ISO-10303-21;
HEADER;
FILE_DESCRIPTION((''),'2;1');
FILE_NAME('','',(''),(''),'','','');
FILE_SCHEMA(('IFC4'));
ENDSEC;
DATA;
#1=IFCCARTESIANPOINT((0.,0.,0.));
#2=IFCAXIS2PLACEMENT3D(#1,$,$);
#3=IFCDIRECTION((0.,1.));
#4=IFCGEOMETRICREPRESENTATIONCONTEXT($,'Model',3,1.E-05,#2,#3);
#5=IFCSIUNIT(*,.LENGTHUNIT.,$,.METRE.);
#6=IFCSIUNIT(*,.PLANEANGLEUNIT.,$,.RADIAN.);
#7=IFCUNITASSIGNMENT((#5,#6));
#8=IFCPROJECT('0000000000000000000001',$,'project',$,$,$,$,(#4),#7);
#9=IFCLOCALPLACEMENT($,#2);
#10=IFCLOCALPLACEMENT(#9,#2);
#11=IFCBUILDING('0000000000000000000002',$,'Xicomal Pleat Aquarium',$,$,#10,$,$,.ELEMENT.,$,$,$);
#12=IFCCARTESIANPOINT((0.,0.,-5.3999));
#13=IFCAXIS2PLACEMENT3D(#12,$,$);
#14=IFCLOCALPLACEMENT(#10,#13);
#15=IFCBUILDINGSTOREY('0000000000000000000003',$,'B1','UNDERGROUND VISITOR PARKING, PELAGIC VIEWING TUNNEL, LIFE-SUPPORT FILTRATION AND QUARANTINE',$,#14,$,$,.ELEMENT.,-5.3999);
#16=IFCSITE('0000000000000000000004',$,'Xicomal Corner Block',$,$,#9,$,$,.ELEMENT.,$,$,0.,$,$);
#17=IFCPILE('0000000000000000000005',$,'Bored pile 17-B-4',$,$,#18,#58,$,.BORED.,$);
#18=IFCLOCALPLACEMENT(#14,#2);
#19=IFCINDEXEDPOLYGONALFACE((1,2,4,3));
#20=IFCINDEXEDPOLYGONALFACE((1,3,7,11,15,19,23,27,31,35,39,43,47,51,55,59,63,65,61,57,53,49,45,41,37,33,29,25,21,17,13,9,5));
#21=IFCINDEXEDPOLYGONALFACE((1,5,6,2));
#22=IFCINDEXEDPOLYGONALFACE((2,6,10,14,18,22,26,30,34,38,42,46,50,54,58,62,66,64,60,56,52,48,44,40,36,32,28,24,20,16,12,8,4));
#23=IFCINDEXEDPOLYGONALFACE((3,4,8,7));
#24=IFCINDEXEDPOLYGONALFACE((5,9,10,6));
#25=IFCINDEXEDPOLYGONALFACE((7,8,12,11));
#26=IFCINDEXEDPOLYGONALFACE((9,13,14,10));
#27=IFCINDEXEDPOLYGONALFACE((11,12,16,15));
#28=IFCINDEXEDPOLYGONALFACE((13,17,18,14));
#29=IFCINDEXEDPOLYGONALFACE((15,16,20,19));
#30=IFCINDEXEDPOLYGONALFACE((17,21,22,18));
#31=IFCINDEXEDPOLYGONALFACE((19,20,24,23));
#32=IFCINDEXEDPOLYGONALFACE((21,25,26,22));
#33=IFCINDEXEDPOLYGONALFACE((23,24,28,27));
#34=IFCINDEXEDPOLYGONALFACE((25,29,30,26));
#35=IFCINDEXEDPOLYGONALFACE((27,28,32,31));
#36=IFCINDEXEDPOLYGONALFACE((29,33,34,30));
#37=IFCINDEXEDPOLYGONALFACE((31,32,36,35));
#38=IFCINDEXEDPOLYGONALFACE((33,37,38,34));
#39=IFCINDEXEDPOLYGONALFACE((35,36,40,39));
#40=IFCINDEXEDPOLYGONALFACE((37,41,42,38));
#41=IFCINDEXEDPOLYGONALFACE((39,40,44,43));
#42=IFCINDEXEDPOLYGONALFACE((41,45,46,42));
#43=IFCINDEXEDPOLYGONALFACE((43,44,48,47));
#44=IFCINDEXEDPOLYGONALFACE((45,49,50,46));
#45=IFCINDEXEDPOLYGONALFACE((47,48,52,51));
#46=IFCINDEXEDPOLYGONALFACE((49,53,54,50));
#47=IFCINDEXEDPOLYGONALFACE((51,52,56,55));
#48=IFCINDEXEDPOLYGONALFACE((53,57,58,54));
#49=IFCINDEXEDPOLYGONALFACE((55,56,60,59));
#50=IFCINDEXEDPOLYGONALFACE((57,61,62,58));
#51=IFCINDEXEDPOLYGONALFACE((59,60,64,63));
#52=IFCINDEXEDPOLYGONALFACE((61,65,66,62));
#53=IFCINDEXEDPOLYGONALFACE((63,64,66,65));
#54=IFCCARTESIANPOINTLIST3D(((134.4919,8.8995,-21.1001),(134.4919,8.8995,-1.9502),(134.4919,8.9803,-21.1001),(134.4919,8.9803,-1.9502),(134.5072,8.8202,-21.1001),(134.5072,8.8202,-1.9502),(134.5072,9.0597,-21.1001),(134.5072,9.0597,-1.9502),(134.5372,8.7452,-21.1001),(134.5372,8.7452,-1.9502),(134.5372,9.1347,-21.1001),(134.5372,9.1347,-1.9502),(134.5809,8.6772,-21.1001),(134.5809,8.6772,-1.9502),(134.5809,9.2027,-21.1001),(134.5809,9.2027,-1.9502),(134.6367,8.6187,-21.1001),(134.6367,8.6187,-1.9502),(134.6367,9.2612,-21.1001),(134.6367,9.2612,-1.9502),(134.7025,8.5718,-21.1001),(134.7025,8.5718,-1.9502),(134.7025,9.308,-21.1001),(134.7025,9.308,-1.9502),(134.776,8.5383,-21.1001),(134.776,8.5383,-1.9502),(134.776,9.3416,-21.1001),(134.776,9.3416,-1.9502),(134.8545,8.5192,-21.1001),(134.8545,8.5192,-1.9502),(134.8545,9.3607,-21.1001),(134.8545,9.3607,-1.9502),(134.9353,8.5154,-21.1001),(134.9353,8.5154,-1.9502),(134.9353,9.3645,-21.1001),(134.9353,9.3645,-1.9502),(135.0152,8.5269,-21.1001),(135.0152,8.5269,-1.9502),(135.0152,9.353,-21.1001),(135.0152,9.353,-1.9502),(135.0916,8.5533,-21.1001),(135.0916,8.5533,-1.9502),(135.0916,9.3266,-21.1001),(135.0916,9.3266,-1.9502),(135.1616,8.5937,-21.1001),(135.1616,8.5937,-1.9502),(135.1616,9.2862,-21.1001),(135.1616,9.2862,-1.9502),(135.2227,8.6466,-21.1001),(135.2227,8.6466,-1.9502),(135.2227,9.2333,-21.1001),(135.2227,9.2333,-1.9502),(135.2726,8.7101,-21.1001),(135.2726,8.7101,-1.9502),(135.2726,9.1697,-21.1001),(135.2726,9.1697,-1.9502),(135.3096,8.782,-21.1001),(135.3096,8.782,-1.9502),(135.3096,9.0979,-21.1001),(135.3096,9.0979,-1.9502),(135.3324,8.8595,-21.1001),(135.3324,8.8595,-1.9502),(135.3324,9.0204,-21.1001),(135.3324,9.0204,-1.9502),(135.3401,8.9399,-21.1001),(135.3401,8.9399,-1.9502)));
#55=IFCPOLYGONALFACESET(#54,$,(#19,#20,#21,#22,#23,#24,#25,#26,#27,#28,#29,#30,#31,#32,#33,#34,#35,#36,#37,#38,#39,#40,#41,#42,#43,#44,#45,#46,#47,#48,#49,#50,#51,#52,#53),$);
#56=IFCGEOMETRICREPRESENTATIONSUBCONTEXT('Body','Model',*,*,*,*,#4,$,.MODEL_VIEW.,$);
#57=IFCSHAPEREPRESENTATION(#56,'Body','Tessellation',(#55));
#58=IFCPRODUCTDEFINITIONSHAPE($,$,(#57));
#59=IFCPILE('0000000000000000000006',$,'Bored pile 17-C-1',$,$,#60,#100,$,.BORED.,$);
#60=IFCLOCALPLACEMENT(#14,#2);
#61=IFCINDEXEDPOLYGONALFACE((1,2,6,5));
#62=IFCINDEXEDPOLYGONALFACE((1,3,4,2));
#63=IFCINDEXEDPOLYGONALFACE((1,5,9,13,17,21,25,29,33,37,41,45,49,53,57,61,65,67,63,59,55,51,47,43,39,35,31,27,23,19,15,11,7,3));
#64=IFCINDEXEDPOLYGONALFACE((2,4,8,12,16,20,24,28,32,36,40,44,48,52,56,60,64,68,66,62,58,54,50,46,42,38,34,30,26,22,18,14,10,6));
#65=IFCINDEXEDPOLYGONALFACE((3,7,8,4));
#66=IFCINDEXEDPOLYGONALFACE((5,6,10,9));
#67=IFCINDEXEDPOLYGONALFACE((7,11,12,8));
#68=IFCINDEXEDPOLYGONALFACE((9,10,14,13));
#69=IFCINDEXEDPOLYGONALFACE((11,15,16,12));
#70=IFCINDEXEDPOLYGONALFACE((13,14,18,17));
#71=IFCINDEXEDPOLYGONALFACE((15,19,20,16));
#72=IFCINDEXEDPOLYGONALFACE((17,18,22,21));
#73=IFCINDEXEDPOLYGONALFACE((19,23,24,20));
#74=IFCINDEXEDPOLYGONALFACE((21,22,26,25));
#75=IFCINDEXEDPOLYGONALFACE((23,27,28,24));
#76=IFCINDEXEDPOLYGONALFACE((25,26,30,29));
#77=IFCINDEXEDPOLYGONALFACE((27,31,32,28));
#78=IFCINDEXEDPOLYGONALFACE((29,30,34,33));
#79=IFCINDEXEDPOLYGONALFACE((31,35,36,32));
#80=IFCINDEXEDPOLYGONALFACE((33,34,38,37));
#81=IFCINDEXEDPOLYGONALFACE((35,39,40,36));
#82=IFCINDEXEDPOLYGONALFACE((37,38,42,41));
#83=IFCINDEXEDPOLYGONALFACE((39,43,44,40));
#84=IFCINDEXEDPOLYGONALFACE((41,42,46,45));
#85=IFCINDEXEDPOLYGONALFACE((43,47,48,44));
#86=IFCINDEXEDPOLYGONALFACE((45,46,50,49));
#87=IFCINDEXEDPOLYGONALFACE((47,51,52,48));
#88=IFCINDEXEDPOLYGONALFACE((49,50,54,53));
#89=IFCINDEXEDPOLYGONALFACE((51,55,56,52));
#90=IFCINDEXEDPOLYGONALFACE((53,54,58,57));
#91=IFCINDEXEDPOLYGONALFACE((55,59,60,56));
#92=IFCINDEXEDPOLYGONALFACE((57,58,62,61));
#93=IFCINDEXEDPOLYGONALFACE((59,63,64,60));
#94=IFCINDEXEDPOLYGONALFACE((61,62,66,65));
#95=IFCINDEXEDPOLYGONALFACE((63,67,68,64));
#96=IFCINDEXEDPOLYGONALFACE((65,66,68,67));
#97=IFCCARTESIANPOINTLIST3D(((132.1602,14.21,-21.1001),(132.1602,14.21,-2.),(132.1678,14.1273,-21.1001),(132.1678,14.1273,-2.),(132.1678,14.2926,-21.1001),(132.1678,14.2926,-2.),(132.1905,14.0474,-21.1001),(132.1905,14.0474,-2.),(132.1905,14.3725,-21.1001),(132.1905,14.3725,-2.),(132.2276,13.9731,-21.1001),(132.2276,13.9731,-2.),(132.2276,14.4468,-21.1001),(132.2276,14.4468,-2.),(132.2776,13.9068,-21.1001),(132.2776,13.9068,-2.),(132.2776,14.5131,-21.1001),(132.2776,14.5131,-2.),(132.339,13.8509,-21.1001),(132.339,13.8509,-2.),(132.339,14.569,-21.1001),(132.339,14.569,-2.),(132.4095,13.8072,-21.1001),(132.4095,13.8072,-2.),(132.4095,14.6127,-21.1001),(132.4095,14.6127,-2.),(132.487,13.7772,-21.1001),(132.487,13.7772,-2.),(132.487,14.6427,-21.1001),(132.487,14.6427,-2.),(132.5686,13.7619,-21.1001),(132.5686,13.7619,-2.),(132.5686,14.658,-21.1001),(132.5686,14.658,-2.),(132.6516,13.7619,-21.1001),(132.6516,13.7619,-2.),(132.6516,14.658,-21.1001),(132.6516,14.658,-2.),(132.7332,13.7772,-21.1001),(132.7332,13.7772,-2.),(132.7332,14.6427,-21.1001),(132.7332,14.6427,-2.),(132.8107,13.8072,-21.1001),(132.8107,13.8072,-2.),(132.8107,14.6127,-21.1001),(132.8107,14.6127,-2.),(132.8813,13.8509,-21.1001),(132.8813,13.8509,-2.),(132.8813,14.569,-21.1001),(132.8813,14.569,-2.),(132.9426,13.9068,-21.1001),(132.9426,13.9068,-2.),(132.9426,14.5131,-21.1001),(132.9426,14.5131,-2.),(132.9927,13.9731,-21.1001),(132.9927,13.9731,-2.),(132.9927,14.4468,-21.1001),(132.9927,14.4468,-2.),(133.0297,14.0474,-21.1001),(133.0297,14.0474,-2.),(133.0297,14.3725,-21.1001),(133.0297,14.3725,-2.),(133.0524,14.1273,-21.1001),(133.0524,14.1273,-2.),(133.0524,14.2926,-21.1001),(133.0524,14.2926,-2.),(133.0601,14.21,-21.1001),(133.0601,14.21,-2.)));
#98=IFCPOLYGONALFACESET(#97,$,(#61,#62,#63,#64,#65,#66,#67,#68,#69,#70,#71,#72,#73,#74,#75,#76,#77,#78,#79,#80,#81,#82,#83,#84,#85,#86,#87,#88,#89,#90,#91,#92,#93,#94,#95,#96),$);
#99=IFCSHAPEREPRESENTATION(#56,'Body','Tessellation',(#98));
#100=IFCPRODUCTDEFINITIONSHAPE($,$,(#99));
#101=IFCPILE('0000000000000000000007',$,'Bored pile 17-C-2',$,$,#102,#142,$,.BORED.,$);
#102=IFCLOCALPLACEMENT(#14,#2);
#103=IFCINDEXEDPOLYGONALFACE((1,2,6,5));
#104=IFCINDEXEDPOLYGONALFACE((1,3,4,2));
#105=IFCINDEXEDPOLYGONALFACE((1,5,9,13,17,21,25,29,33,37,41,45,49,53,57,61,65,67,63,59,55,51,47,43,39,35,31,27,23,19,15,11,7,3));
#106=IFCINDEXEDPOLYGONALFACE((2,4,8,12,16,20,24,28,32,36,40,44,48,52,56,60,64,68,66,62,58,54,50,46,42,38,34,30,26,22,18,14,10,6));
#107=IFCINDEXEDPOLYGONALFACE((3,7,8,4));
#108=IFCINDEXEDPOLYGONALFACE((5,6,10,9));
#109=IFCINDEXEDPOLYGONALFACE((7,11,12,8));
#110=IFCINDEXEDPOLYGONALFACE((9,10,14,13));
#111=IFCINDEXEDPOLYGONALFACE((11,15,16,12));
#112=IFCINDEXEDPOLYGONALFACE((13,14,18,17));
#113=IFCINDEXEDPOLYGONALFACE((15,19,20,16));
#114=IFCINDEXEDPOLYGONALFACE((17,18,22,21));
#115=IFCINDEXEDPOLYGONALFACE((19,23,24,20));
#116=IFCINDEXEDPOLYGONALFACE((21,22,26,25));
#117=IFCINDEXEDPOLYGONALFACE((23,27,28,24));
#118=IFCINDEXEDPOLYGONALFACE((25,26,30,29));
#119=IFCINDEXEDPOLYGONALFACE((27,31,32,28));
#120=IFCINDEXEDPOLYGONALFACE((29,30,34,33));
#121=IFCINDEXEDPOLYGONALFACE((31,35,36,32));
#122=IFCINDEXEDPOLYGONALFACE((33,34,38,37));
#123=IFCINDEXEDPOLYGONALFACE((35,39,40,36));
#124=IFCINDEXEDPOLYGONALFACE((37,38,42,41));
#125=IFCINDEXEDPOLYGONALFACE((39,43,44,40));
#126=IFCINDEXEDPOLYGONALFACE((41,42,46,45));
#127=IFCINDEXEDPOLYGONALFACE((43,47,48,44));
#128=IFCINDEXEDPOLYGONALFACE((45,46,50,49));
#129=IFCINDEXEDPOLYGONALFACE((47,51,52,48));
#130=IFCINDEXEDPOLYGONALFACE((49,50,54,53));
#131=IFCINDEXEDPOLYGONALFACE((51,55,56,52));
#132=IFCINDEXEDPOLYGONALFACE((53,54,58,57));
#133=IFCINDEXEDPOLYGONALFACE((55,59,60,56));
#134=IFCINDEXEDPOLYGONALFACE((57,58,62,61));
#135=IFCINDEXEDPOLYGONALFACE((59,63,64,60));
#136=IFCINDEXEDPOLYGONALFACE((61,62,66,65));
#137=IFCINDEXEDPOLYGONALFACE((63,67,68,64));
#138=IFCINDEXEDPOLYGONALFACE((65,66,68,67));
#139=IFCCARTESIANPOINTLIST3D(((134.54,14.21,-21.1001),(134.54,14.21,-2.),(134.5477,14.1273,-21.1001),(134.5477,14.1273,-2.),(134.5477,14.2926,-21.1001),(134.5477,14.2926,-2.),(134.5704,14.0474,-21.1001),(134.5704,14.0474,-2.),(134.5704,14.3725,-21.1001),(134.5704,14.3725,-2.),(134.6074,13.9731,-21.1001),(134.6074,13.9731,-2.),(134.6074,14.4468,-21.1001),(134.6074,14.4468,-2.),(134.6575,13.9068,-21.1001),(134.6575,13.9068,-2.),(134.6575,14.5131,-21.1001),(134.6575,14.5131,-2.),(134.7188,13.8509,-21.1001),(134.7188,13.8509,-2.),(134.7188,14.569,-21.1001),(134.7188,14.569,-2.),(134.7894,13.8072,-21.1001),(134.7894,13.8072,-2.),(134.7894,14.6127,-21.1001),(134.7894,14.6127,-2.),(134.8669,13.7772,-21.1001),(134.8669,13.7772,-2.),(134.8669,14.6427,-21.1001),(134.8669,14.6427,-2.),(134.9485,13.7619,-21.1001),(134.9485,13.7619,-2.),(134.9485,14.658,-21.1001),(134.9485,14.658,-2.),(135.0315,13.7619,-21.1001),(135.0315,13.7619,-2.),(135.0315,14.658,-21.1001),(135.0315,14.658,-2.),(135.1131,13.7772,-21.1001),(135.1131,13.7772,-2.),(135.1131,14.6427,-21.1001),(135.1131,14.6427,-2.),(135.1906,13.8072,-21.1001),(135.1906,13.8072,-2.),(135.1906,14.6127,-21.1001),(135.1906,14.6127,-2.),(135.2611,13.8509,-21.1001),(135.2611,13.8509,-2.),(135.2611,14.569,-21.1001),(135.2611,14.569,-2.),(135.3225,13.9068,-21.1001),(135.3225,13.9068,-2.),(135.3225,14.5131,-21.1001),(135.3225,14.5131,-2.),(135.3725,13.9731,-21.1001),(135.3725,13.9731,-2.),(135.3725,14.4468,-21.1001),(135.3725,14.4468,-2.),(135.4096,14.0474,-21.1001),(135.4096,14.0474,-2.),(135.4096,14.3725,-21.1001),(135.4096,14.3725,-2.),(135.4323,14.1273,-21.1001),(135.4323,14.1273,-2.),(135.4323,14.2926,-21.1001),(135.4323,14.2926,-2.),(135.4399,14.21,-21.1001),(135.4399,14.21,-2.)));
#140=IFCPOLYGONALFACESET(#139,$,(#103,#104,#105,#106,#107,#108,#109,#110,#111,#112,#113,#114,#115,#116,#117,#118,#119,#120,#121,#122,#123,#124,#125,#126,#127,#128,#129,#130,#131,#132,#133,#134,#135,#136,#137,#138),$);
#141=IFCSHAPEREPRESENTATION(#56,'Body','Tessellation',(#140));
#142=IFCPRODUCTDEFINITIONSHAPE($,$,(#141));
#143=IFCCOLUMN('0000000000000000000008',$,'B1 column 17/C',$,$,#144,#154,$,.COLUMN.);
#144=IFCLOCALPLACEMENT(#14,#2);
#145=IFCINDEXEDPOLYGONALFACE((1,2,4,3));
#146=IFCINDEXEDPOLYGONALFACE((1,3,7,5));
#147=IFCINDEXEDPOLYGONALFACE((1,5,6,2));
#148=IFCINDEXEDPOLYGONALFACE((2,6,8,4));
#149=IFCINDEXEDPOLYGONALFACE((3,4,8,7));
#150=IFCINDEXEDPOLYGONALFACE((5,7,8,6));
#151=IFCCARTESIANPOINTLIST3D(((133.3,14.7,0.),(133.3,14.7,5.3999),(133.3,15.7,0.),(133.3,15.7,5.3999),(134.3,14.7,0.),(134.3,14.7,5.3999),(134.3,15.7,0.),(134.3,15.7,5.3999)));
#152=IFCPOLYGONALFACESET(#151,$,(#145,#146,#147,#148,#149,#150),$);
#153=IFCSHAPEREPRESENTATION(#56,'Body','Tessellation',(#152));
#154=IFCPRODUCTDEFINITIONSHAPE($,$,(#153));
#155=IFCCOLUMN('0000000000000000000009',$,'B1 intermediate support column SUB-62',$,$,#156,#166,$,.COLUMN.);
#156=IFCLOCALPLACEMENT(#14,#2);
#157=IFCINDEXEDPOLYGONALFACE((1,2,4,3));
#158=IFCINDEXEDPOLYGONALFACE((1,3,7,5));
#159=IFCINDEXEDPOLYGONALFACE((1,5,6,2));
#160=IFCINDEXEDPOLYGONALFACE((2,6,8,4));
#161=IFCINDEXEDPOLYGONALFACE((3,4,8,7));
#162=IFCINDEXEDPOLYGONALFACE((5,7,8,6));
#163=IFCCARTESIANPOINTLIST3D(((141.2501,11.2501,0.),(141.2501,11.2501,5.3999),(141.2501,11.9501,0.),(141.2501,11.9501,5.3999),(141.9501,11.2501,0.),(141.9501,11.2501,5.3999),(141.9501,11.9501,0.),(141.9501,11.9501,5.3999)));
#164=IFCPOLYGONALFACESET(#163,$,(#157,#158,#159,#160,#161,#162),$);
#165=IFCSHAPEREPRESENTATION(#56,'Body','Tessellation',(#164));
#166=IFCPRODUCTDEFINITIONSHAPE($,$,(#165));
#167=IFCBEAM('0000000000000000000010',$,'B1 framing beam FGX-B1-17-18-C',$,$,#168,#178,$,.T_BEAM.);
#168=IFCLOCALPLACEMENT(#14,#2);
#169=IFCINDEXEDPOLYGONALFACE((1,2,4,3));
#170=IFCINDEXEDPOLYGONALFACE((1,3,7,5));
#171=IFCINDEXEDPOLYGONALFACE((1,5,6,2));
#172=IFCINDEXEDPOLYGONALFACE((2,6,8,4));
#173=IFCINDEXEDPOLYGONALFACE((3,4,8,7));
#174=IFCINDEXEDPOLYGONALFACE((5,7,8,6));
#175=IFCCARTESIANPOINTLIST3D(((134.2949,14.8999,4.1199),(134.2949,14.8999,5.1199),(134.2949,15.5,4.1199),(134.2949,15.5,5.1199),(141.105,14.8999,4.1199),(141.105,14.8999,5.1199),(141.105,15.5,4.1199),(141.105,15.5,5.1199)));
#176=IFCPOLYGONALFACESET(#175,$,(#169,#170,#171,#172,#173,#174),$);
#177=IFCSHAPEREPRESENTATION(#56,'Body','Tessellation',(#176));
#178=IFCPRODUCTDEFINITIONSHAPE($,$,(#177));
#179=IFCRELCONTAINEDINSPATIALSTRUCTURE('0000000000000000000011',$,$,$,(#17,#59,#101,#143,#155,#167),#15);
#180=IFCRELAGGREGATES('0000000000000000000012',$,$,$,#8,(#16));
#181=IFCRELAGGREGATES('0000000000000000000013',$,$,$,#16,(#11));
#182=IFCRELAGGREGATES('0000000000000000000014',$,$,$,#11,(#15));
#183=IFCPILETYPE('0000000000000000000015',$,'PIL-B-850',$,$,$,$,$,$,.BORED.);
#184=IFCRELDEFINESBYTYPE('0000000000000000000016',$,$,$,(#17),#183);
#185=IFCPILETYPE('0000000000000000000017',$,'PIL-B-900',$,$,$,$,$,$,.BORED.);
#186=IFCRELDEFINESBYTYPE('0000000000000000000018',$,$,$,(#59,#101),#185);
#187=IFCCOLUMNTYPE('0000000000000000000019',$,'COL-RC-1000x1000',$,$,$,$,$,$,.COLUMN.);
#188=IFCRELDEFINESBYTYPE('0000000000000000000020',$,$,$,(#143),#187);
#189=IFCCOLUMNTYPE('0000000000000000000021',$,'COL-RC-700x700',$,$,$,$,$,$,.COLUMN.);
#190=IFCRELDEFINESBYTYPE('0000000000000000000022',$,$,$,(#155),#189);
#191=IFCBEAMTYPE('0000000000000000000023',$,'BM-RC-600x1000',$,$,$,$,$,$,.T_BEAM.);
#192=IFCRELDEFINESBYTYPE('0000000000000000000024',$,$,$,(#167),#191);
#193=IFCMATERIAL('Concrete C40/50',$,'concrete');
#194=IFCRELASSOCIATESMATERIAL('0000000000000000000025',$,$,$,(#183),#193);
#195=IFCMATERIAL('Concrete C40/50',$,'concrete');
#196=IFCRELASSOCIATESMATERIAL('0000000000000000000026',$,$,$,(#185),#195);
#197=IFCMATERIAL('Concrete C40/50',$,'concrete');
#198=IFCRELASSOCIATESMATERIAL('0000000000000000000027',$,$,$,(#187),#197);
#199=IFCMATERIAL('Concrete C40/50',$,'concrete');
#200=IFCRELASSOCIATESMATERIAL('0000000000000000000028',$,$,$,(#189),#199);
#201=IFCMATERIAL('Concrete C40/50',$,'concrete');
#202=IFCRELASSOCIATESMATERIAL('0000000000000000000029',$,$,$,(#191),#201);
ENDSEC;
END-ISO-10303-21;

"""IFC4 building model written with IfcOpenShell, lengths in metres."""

from ifc_helpers import new_model, si_unit, direction, frame, origin, origin_2d, place, context, subcontext, project, spatial, rectangle, circle, extrude, material, material_profile, profile_set, type_object, element, save


model = new_model("IFC4")

# Units and contexts
model_context = context("Model", 3, precision=1e-05, world=origin(), true_north=direction((0.0, 1.0)))
body_context = subcontext(model_context, "Body", "Model", "MODEL_VIEW")
ifc_project = project(units=[si_unit("LENGTHUNIT", "METRE"), si_unit("PLANEANGLEUNIT", "RADIAN")], contexts=[model_context])

# Site, building, storey
site_placement = place(None, origin())
site = spatial("IfcSite", under=ifc_project, at=site_placement, Name="Xicomal Corner Block", CompositionType="ELEMENT", RefElevation=0.0)
building_placement = place(site_placement, origin())
building = spatial("IfcBuilding", under=site, at=building_placement, Name="Xicomal Pleat Aquarium", CompositionType="ELEMENT")
storey_placement = place(building_placement, frame((0.0, 0.0, -5.3999)))
storey = spatial("IfcBuildingStorey", under=building, at=storey_placement, Name="B1", Description="UNDERGROUND VISITOR PARKING, PELAGIC VIEWING TUNNEL, LIFE-SUPPORT FILTRATION AND QUARANTINE", CompositionType="ELEMENT", Elevation=-5.3999)

# Piles
ifc_material_1 = material(Name="Concrete C40/50", Category="concrete")
ifc_material_profile_1 = material_profile(ifc_material_1, circle(Radius=0.425, at=origin_2d()), Name="BORED PILE D850")
ifc_profile_set_1 = profile_set([ifc_material_profile_1], Name="Concrete C40/50")
pile_type_1 = type_object("IfcPileType", Name="PIL-B-850", PredefinedType="BORED", material=ifc_profile_set_1)
for number, where, z_axis, x_axis, name in (
    (1, (134.915, 8.9399, -1.9502), (0.0, 0.0, -1.0), (1.0, 0.0, 0.0), "Bored pile 17-B-4"),
):
    element("IfcPile", number, at=place(storey_placement, frame(where, z_axis=z_axis, x_axis=x_axis)), inside=storey, type_object=pile_type_1, Name=name, PredefinedType="BORED", context=body_context, shape_type="SweptSolid", body=[
        extrude(circle(Radius=0.425, at=origin_2d()), origin(), (0.0, 0.0, 1.0), 19.1499),
    ])
ifc_material_2 = material(Name="Concrete C40/50", Category="concrete")
ifc_material_profile_2 = material_profile(ifc_material_2, circle(Radius=0.45, at=origin_2d()), Name="BORED PILE D900")
ifc_profile_set_2 = profile_set([ifc_material_profile_2], Name="Concrete C40/50")
pile_type_2 = type_object("IfcPileType", Name="PIL-B-900", PredefinedType="BORED", material=ifc_profile_set_2)
for number, where, z_axis, x_axis, name in (
    (2, (132.6101, 14.21, -2.0), (0.0, 0.0, -1.0), (1.0, 0.0, 0.0), "Bored pile 17-C-1"),
    (3, (134.99, 14.21, -2.0), (0.0, 0.0, -1.0), (1.0, 0.0, 0.0), "Bored pile 17-C-2"),
):
    element("IfcPile", number, at=place(storey_placement, frame(where, z_axis=z_axis, x_axis=x_axis)), inside=storey, type_object=pile_type_2, Name=name, PredefinedType="BORED", context=body_context, shape_type="SweptSolid", body=[
        extrude(circle(Radius=0.45, at=origin_2d()), origin(), (0.0, 0.0, 1.0), 19.1001),
    ])

# Columns
ifc_material_3 = material(Name="Concrete C40/50", Category="concrete")
ifc_material_profile_3 = material_profile(ifc_material_3, rectangle(XDim=1.0, YDim=1.0, at=origin_2d()), Name="RC 1000x1000")
ifc_profile_set_3 = profile_set([ifc_material_profile_3], Name="Concrete C40/50")
column_type_1 = type_object("IfcColumnType", Name="COL-RC-1000x1000", PredefinedType="COLUMN", material=ifc_profile_set_3)
column_1_placement = place(storey_placement, frame((133.8, 15.2, 0.0), z_axis=(0.0, 0.0, 1.0), x_axis=(1.0, 0.0, 0.0)))
element("IfcColumn", 4, at=column_1_placement, inside=storey, type_object=column_type_1, Name="B1 column 17/C", PredefinedType="COLUMN", context=body_context, shape_type="SweptSolid", body=[
    extrude(rectangle(XDim=1.0, YDim=1.0, at=origin_2d()), origin(), (0.0, 0.0, 1.0), 5.3999),
])
ifc_material_4 = material(Name="Concrete C40/50", Category="concrete")
ifc_material_profile_4 = material_profile(ifc_material_4, rectangle(XDim=0.7, YDim=0.7, at=origin_2d()), Name="RC 700x700")
ifc_profile_set_4 = profile_set([ifc_material_profile_4], Name="Concrete C40/50")
column_type_2 = type_object("IfcColumnType", Name="COL-RC-700x700", PredefinedType="COLUMN", material=ifc_profile_set_4)
column_2_placement = place(storey_placement, frame((141.6001, 11.6001, 0.0), z_axis=(0.0, 0.0, 1.0), x_axis=(1.0, 0.0, 0.0)))
element("IfcColumn", 5, at=column_2_placement, inside=storey, type_object=column_type_2, Name="B1 intermediate support column SUB-62", PredefinedType="COLUMN", context=body_context, shape_type="SweptSolid", body=[
    extrude(rectangle(XDim=0.7, YDim=0.7, at=origin_2d()), origin(), (0.0, 0.0, 1.0), 5.3999),
])

# Beam
ifc_material_5 = material(Name="Concrete C40/50", Category="concrete")
ifc_material_profile_5 = material_profile(ifc_material_5, rectangle(XDim=0.6001, YDim=1.0, at=origin_2d()), Name="RC 600x1000")
ifc_profile_set_5 = profile_set([ifc_material_profile_5], Name="Concrete C40/50")
beam_type_1 = type_object("IfcBeamType", Name="BM-RC-600x1000", PredefinedType="T_BEAM", material=ifc_profile_set_5)
beam_1_placement = place(storey_placement, frame((134.2949, 15.2, 4.6199), z_axis=(1.0, 0.0, 0.0), x_axis=(0.0, 1.0, 0.0)))
element("IfcBeam", 6, at=beam_1_placement, inside=storey, type_object=beam_type_1, Name="B1 framing beam FGX-B1-17-18-C", PredefinedType="T_BEAM", context=body_context, shape_type="SweptSolid", body=[
    extrude(rectangle(XDim=0.6001, YDim=1.0, at=origin_2d()), origin(), (0.0, 0.0, 1.0), 6.8101),
])

save(model, "model.ifc")
